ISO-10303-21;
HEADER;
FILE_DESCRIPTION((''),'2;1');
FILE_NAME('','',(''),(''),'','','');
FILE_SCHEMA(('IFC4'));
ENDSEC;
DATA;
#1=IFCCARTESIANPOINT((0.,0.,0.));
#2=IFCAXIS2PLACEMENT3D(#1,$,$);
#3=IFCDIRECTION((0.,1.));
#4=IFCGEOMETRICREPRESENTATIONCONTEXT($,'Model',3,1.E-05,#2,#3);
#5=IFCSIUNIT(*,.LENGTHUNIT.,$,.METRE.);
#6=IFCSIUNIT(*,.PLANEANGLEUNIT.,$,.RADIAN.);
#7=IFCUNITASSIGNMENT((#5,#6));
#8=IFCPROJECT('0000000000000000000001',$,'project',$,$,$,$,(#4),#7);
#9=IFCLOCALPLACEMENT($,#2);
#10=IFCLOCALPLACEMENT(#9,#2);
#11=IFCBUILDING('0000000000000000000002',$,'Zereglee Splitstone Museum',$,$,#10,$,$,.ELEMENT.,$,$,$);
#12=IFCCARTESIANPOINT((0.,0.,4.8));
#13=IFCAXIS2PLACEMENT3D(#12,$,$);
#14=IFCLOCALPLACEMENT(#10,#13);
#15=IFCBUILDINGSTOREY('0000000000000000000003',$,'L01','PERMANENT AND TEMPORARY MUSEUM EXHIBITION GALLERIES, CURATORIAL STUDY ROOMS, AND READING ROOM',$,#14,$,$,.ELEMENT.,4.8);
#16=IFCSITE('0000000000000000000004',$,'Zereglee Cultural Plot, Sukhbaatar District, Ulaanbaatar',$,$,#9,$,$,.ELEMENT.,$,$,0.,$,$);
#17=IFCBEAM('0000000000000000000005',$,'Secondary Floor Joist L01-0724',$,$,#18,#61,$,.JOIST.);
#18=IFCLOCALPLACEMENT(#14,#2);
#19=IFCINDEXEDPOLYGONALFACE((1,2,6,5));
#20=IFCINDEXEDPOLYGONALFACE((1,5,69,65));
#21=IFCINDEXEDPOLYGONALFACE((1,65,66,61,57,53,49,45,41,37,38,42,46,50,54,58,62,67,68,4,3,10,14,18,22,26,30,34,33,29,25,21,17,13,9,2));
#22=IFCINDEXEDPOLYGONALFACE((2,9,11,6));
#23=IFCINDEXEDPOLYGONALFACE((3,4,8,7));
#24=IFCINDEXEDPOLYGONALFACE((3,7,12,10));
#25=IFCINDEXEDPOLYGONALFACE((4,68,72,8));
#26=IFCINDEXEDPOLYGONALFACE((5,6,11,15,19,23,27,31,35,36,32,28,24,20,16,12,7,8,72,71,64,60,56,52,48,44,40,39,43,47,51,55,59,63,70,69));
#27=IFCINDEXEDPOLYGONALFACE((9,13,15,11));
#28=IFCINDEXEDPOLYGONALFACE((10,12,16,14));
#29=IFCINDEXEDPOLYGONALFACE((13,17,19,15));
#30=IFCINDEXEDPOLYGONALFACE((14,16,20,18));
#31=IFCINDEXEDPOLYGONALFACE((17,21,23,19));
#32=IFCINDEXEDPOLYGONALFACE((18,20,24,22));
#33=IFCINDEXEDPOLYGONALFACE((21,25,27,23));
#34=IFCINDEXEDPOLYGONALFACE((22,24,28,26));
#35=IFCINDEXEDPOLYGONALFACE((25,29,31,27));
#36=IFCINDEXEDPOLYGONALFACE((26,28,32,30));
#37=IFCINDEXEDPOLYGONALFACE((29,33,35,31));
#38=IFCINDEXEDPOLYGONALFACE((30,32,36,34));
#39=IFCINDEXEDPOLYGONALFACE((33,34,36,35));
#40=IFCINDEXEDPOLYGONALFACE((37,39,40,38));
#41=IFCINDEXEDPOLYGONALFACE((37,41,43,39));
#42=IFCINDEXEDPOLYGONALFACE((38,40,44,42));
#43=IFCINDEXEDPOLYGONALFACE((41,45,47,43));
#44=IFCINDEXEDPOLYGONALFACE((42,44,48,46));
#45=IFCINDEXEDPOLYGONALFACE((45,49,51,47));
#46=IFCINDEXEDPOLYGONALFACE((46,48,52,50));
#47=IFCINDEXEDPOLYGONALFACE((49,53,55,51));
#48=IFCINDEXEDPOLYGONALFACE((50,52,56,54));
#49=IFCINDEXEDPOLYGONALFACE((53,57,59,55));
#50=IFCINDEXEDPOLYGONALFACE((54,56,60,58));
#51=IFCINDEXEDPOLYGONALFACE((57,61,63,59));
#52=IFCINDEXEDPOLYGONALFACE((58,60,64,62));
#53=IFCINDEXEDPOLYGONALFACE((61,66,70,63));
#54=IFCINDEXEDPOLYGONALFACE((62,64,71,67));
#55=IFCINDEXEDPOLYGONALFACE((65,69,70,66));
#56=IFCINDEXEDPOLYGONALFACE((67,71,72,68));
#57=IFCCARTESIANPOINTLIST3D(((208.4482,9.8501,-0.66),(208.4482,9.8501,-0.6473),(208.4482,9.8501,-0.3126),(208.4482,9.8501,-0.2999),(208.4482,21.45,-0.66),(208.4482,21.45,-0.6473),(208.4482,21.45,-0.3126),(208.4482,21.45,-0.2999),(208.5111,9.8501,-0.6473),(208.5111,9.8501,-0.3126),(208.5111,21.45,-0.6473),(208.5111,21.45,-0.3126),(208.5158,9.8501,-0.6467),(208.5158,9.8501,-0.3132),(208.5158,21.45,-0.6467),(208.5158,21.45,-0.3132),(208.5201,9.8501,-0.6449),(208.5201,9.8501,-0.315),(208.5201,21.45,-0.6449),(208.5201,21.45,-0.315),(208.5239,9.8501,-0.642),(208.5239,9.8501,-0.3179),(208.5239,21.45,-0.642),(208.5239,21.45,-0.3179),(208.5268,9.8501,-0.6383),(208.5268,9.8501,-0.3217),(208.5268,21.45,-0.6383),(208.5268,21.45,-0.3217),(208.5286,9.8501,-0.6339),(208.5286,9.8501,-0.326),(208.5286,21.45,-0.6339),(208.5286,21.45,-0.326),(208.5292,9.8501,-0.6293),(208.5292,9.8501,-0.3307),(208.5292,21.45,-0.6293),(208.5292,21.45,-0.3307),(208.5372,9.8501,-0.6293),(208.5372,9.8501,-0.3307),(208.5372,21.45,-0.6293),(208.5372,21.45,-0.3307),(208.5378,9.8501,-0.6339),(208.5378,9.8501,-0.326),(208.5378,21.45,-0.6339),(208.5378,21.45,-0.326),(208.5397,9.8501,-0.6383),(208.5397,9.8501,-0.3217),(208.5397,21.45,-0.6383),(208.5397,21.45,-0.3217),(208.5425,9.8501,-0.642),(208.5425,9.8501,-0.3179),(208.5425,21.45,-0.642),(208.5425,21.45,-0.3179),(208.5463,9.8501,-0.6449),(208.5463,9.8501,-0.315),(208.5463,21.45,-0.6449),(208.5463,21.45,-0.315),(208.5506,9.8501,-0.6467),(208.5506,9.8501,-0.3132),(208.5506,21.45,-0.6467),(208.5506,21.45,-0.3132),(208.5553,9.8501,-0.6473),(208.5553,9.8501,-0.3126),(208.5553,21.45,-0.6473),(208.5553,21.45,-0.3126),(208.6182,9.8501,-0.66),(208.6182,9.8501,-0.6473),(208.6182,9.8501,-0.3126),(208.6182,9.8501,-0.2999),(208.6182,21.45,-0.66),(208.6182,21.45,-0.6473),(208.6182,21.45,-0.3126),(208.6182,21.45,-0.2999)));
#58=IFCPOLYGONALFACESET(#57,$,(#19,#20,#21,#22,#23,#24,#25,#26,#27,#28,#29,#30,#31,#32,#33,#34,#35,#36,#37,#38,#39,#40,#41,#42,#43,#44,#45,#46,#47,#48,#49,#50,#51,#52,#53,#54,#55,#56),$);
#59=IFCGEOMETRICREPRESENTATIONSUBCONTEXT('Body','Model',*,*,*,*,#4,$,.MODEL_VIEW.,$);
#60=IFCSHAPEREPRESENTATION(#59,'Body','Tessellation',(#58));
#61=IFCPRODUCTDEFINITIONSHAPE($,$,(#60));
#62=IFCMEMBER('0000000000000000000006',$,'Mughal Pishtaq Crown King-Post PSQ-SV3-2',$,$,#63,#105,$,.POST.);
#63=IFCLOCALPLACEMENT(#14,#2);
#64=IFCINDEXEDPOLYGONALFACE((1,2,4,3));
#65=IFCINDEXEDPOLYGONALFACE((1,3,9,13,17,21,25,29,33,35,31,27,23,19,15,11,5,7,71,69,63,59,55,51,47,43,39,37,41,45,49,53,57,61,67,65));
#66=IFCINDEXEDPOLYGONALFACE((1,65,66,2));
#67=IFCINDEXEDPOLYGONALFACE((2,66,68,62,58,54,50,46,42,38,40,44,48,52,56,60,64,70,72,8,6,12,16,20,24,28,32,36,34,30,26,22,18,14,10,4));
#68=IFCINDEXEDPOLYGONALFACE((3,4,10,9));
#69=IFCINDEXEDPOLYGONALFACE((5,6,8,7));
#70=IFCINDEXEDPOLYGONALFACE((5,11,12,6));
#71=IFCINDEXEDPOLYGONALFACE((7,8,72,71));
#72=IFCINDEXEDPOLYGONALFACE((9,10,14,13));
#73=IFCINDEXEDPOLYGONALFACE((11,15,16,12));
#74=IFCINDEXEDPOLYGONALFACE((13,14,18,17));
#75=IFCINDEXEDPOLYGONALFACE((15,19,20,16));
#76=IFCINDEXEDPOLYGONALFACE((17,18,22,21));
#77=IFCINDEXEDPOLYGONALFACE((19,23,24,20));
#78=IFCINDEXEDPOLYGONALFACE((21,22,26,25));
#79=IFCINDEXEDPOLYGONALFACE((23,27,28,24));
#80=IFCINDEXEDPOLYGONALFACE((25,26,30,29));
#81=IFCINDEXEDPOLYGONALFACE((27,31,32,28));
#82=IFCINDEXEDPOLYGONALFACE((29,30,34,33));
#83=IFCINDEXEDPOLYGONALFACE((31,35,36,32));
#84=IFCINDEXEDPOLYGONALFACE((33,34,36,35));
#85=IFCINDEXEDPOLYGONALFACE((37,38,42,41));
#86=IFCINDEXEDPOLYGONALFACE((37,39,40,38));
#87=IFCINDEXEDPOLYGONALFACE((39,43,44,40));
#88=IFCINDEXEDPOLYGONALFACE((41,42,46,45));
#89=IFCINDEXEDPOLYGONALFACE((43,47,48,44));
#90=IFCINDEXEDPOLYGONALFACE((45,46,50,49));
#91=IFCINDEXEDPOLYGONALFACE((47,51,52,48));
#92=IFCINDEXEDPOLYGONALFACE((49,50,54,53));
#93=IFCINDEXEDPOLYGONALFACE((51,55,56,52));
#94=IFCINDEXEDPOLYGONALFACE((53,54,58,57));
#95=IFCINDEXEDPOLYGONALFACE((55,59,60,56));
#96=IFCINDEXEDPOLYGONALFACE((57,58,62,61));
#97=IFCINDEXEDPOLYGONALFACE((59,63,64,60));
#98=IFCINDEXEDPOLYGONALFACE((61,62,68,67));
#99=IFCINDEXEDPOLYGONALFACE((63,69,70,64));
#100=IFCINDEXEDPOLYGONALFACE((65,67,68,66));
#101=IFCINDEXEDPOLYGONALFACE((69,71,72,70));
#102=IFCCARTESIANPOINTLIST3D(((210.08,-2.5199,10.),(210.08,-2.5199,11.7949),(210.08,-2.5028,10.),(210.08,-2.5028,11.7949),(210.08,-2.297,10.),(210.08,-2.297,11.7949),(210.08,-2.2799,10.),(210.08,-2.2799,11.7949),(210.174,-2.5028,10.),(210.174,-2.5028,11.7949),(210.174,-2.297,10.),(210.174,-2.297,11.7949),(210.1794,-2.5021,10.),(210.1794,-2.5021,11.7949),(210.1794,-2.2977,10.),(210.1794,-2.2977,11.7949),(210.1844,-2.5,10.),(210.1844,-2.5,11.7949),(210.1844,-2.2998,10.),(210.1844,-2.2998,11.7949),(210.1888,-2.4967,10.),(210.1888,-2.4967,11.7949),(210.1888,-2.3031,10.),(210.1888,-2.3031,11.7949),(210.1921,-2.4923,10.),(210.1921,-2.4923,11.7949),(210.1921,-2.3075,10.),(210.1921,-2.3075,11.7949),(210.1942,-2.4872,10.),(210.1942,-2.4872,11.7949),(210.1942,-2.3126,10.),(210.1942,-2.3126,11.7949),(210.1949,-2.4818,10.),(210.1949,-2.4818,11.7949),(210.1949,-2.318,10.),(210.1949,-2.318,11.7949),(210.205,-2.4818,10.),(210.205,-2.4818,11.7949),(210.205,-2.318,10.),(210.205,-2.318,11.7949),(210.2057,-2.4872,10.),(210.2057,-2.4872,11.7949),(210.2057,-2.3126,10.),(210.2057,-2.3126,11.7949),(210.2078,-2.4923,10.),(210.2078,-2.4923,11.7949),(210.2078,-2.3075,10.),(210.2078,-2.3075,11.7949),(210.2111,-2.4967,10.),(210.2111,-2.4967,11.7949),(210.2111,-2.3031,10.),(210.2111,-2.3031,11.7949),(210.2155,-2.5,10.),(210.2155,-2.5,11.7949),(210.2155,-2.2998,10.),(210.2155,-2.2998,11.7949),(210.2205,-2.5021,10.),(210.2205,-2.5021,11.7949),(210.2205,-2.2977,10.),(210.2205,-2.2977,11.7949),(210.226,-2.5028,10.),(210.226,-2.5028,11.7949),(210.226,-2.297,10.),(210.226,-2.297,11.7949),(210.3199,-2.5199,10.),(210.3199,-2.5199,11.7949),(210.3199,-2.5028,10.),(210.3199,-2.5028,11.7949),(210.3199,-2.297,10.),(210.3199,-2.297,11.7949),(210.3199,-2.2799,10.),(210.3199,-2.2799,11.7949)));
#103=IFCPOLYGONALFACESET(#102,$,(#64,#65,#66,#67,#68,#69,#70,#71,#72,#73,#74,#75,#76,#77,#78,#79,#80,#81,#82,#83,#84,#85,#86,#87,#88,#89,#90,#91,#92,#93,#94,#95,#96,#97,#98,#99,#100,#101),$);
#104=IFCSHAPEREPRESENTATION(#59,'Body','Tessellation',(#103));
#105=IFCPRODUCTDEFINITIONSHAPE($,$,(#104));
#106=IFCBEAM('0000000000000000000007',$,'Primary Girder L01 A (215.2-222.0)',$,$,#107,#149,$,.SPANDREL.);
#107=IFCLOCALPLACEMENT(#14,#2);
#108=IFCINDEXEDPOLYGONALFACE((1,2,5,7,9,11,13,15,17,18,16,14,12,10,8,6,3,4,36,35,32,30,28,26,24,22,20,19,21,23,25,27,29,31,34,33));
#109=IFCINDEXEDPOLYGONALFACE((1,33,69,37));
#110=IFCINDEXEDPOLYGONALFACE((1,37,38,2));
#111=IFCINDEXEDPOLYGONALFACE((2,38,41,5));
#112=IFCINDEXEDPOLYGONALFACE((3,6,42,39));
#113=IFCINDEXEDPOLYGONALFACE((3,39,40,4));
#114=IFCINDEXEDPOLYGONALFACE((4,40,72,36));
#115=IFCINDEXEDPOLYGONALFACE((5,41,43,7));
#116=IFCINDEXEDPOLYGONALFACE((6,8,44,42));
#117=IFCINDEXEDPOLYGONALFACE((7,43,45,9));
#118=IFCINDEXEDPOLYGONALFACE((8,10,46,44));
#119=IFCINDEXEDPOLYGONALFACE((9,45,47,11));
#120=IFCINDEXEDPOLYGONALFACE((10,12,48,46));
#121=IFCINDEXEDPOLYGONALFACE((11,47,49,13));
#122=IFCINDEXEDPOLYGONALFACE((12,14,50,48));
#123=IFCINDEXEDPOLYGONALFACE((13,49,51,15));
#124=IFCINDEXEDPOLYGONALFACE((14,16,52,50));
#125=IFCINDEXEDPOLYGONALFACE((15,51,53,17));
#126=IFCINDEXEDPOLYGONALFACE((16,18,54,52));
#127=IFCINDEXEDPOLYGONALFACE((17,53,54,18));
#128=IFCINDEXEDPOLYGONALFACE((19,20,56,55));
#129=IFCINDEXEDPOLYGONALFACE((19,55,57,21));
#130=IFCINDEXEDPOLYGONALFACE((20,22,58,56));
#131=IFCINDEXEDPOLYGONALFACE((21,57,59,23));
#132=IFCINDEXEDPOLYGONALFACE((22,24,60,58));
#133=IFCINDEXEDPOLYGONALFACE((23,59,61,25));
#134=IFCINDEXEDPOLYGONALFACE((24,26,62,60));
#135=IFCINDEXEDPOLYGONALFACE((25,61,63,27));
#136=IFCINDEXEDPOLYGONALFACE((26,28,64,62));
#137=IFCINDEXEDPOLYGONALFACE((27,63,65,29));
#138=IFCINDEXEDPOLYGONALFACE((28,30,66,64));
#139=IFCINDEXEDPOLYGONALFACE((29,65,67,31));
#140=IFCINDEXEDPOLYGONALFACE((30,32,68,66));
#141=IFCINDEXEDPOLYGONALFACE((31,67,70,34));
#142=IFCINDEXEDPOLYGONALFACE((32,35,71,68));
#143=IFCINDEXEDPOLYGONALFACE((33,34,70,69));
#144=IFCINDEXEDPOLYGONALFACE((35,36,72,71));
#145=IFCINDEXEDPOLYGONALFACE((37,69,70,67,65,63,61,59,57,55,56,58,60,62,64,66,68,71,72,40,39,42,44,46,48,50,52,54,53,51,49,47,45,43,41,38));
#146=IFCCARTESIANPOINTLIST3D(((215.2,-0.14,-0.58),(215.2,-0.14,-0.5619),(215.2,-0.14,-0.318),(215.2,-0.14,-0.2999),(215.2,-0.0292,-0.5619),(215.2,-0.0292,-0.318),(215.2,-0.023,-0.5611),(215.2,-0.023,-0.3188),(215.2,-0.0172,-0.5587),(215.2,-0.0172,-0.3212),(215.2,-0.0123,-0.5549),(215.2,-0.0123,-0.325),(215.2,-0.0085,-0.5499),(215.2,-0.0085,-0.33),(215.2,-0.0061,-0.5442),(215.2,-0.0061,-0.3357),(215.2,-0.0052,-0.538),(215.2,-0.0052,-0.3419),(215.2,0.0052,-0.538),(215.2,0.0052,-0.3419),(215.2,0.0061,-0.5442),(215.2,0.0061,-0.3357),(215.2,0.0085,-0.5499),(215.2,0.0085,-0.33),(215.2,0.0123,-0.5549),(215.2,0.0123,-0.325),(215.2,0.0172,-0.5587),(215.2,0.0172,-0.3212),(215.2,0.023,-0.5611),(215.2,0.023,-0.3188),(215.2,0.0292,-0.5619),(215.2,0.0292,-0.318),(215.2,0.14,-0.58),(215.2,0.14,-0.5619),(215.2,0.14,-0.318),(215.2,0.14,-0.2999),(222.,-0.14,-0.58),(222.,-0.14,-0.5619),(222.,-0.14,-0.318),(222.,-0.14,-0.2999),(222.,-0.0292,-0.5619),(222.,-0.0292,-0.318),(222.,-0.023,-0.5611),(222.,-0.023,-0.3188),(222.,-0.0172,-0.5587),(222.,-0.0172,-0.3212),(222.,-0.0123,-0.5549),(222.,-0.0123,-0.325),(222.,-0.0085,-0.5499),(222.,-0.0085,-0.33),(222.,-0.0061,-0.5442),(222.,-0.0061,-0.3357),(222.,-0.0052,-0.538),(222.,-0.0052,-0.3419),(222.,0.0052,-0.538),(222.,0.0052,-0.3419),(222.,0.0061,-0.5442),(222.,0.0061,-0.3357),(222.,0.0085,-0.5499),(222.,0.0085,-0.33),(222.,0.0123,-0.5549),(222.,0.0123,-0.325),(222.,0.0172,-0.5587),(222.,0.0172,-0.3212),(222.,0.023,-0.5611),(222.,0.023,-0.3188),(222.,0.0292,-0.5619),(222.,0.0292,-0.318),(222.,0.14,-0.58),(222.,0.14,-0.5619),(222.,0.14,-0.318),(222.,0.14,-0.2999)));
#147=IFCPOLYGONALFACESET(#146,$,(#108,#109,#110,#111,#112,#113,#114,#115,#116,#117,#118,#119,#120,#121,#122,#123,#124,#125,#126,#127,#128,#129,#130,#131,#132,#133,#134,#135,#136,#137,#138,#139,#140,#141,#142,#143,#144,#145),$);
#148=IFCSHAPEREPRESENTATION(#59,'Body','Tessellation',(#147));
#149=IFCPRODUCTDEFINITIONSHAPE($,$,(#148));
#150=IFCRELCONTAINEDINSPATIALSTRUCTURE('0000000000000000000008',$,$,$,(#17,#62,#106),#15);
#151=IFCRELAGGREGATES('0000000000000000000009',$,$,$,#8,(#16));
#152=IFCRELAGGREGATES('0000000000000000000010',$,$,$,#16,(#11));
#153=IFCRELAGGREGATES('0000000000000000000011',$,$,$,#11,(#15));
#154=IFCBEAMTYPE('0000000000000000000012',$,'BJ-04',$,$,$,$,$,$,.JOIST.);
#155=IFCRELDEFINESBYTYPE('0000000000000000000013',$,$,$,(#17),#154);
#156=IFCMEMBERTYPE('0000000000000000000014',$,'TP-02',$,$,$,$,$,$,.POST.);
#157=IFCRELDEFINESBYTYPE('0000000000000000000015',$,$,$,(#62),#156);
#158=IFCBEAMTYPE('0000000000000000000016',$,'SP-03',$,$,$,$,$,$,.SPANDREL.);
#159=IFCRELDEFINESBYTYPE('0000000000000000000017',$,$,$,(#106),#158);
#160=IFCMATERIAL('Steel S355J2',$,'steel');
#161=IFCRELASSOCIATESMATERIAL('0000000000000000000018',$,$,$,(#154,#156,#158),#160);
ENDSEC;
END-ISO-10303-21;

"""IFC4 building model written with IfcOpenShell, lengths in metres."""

from ifc_helpers import new_model, si_unit, direction, frame, origin, origin_2d, place, context, subcontext, project, spatial, i_section, extrude, material, material_profile, profile_set, type_object, element, save


model = new_model("IFC4")

# Units and contexts
model_context = context("Model", 3, precision=1e-05, world=origin(), true_north=direction((0.0, 1.0)))
body_context = subcontext(model_context, "Body", "Model", "MODEL_VIEW")
ifc_project = project(units=[si_unit("LENGTHUNIT", "METRE"), si_unit("PLANEANGLEUNIT", "RADIAN")], contexts=[model_context])

# Site, building, storey
site_placement = place(None, origin())
site = spatial("IfcSite", under=ifc_project, at=site_placement, Name="Zereglee Cultural Plot, Sukhbaatar District, Ulaanbaatar", CompositionType="ELEMENT", RefElevation=0.0)
building_placement = place(site_placement, origin())
building = spatial("IfcBuilding", under=site, at=building_placement, Name="Zereglee Splitstone Museum", CompositionType="ELEMENT")
storey_placement = place(building_placement, frame((0.0, 0.0, 4.8)))
storey = spatial("IfcBuildingStorey", under=building, at=storey_placement, Name="L01", Description="PERMANENT AND TEMPORARY MUSEUM EXHIBITION GALLERIES, CURATORIAL STUDY ROOMS, AND READING ROOM", CompositionType="ELEMENT", Elevation=4.8)

# Shared definitions
ifc_material_1 = material(Name="Steel S355J2", Category="steel")

# Beam
ifc_material_profile_1 = material_profile(ifc_material_1, i_section(OverallWidth=0.1699, OverallDepth=0.3601, WebThickness=0.0081, FlangeThickness=0.0127, FilletRadius=0.0181, at=origin_2d()), Name="IPE 360")
ifc_profile_set_1 = profile_set([ifc_material_profile_1], Name="Steel S355J2")
beam_type_1 = type_object("IfcBeamType", Name="BJ-04", PredefinedType="JOIST", material=ifc_profile_set_1)
beam_1_placement = place(storey_placement, frame((208.5332, 9.8501, -0.48), z_axis=(0.0, 1.0, 0.0), x_axis=(-1.0, 0.0, 0.0)))
element("IfcBeam", 1, at=beam_1_placement, inside=storey, type_object=beam_type_1, Name="Secondary Floor Joist L01-0724", PredefinedType="JOIST", context=body_context, shape_type="SweptSolid", body=[
    extrude(i_section(OverallWidth=0.1699, OverallDepth=0.3601, WebThickness=0.0081, FlangeThickness=0.0127, FilletRadius=0.0181, at=origin_2d()), origin(), (0.0, 0.0, 1.0), 11.5999),
])

# Member
ifc_material_profile_2 = material_profile(ifc_material_1, i_section(OverallWidth=0.24, OverallDepth=0.24, WebThickness=0.01, FlangeThickness=0.0171, FilletRadius=0.021, at=origin_2d()), Name="HE 240 B")
ifc_profile_set_2 = profile_set([ifc_material_profile_2], Name="Steel S355J2")
member_type_1 = type_object("IfcMemberType", Name="TP-02", PredefinedType="POST", material=ifc_profile_set_2)
member_1_placement = place(storey_placement, frame((210.2, -2.3999, 10.0), z_axis=(0.0, 0.0, 1.0), x_axis=(1.0, 0.0, 0.0)))
element("IfcMember", 2, at=member_1_placement, inside=storey, type_object=member_type_1, Name="Mughal Pishtaq Crown King-Post PSQ-SV3-2", PredefinedType="POST", context=body_context, shape_type="SweptSolid", body=[
    extrude(i_section(OverallWidth=0.24, OverallDepth=0.24, WebThickness=0.01, FlangeThickness=0.0171, FilletRadius=0.021, at=origin_2d()), origin(), (0.0, 0.0, 1.0), 1.7949),
])

# Beam
ifc_material_profile_3 = material_profile(ifc_material_1, i_section(OverallWidth=0.28, OverallDepth=0.28, WebThickness=0.0105, FlangeThickness=0.0181, FilletRadius=0.0239, at=origin_2d()), Name="HE 280 B")
ifc_profile_set_3 = profile_set([ifc_material_profile_3], Name="Steel S355J2")
beam_type_2 = type_object("IfcBeamType", Name="SP-03", PredefinedType="SPANDREL", material=ifc_profile_set_3)
beam_2_placement = place(storey_placement, frame((215.2, 0.0, -0.4399), z_axis=(1.0, 0.0, 0.0), x_axis=(0.0, 1.0, 0.0)))
element("IfcBeam", 3, at=beam_2_placement, inside=storey, type_object=beam_type_2, Name="Primary Girder L01 A (215.2-222.0)", PredefinedType="SPANDREL", context=body_context, shape_type="SweptSolid", body=[
    extrude(i_section(OverallWidth=0.28, OverallDepth=0.28, WebThickness=0.0105, FlangeThickness=0.0181, FilletRadius=0.0239, at=origin_2d()), origin(), (0.0, 0.0, 1.0), 6.8),
])

save(model, "model.ifc")
